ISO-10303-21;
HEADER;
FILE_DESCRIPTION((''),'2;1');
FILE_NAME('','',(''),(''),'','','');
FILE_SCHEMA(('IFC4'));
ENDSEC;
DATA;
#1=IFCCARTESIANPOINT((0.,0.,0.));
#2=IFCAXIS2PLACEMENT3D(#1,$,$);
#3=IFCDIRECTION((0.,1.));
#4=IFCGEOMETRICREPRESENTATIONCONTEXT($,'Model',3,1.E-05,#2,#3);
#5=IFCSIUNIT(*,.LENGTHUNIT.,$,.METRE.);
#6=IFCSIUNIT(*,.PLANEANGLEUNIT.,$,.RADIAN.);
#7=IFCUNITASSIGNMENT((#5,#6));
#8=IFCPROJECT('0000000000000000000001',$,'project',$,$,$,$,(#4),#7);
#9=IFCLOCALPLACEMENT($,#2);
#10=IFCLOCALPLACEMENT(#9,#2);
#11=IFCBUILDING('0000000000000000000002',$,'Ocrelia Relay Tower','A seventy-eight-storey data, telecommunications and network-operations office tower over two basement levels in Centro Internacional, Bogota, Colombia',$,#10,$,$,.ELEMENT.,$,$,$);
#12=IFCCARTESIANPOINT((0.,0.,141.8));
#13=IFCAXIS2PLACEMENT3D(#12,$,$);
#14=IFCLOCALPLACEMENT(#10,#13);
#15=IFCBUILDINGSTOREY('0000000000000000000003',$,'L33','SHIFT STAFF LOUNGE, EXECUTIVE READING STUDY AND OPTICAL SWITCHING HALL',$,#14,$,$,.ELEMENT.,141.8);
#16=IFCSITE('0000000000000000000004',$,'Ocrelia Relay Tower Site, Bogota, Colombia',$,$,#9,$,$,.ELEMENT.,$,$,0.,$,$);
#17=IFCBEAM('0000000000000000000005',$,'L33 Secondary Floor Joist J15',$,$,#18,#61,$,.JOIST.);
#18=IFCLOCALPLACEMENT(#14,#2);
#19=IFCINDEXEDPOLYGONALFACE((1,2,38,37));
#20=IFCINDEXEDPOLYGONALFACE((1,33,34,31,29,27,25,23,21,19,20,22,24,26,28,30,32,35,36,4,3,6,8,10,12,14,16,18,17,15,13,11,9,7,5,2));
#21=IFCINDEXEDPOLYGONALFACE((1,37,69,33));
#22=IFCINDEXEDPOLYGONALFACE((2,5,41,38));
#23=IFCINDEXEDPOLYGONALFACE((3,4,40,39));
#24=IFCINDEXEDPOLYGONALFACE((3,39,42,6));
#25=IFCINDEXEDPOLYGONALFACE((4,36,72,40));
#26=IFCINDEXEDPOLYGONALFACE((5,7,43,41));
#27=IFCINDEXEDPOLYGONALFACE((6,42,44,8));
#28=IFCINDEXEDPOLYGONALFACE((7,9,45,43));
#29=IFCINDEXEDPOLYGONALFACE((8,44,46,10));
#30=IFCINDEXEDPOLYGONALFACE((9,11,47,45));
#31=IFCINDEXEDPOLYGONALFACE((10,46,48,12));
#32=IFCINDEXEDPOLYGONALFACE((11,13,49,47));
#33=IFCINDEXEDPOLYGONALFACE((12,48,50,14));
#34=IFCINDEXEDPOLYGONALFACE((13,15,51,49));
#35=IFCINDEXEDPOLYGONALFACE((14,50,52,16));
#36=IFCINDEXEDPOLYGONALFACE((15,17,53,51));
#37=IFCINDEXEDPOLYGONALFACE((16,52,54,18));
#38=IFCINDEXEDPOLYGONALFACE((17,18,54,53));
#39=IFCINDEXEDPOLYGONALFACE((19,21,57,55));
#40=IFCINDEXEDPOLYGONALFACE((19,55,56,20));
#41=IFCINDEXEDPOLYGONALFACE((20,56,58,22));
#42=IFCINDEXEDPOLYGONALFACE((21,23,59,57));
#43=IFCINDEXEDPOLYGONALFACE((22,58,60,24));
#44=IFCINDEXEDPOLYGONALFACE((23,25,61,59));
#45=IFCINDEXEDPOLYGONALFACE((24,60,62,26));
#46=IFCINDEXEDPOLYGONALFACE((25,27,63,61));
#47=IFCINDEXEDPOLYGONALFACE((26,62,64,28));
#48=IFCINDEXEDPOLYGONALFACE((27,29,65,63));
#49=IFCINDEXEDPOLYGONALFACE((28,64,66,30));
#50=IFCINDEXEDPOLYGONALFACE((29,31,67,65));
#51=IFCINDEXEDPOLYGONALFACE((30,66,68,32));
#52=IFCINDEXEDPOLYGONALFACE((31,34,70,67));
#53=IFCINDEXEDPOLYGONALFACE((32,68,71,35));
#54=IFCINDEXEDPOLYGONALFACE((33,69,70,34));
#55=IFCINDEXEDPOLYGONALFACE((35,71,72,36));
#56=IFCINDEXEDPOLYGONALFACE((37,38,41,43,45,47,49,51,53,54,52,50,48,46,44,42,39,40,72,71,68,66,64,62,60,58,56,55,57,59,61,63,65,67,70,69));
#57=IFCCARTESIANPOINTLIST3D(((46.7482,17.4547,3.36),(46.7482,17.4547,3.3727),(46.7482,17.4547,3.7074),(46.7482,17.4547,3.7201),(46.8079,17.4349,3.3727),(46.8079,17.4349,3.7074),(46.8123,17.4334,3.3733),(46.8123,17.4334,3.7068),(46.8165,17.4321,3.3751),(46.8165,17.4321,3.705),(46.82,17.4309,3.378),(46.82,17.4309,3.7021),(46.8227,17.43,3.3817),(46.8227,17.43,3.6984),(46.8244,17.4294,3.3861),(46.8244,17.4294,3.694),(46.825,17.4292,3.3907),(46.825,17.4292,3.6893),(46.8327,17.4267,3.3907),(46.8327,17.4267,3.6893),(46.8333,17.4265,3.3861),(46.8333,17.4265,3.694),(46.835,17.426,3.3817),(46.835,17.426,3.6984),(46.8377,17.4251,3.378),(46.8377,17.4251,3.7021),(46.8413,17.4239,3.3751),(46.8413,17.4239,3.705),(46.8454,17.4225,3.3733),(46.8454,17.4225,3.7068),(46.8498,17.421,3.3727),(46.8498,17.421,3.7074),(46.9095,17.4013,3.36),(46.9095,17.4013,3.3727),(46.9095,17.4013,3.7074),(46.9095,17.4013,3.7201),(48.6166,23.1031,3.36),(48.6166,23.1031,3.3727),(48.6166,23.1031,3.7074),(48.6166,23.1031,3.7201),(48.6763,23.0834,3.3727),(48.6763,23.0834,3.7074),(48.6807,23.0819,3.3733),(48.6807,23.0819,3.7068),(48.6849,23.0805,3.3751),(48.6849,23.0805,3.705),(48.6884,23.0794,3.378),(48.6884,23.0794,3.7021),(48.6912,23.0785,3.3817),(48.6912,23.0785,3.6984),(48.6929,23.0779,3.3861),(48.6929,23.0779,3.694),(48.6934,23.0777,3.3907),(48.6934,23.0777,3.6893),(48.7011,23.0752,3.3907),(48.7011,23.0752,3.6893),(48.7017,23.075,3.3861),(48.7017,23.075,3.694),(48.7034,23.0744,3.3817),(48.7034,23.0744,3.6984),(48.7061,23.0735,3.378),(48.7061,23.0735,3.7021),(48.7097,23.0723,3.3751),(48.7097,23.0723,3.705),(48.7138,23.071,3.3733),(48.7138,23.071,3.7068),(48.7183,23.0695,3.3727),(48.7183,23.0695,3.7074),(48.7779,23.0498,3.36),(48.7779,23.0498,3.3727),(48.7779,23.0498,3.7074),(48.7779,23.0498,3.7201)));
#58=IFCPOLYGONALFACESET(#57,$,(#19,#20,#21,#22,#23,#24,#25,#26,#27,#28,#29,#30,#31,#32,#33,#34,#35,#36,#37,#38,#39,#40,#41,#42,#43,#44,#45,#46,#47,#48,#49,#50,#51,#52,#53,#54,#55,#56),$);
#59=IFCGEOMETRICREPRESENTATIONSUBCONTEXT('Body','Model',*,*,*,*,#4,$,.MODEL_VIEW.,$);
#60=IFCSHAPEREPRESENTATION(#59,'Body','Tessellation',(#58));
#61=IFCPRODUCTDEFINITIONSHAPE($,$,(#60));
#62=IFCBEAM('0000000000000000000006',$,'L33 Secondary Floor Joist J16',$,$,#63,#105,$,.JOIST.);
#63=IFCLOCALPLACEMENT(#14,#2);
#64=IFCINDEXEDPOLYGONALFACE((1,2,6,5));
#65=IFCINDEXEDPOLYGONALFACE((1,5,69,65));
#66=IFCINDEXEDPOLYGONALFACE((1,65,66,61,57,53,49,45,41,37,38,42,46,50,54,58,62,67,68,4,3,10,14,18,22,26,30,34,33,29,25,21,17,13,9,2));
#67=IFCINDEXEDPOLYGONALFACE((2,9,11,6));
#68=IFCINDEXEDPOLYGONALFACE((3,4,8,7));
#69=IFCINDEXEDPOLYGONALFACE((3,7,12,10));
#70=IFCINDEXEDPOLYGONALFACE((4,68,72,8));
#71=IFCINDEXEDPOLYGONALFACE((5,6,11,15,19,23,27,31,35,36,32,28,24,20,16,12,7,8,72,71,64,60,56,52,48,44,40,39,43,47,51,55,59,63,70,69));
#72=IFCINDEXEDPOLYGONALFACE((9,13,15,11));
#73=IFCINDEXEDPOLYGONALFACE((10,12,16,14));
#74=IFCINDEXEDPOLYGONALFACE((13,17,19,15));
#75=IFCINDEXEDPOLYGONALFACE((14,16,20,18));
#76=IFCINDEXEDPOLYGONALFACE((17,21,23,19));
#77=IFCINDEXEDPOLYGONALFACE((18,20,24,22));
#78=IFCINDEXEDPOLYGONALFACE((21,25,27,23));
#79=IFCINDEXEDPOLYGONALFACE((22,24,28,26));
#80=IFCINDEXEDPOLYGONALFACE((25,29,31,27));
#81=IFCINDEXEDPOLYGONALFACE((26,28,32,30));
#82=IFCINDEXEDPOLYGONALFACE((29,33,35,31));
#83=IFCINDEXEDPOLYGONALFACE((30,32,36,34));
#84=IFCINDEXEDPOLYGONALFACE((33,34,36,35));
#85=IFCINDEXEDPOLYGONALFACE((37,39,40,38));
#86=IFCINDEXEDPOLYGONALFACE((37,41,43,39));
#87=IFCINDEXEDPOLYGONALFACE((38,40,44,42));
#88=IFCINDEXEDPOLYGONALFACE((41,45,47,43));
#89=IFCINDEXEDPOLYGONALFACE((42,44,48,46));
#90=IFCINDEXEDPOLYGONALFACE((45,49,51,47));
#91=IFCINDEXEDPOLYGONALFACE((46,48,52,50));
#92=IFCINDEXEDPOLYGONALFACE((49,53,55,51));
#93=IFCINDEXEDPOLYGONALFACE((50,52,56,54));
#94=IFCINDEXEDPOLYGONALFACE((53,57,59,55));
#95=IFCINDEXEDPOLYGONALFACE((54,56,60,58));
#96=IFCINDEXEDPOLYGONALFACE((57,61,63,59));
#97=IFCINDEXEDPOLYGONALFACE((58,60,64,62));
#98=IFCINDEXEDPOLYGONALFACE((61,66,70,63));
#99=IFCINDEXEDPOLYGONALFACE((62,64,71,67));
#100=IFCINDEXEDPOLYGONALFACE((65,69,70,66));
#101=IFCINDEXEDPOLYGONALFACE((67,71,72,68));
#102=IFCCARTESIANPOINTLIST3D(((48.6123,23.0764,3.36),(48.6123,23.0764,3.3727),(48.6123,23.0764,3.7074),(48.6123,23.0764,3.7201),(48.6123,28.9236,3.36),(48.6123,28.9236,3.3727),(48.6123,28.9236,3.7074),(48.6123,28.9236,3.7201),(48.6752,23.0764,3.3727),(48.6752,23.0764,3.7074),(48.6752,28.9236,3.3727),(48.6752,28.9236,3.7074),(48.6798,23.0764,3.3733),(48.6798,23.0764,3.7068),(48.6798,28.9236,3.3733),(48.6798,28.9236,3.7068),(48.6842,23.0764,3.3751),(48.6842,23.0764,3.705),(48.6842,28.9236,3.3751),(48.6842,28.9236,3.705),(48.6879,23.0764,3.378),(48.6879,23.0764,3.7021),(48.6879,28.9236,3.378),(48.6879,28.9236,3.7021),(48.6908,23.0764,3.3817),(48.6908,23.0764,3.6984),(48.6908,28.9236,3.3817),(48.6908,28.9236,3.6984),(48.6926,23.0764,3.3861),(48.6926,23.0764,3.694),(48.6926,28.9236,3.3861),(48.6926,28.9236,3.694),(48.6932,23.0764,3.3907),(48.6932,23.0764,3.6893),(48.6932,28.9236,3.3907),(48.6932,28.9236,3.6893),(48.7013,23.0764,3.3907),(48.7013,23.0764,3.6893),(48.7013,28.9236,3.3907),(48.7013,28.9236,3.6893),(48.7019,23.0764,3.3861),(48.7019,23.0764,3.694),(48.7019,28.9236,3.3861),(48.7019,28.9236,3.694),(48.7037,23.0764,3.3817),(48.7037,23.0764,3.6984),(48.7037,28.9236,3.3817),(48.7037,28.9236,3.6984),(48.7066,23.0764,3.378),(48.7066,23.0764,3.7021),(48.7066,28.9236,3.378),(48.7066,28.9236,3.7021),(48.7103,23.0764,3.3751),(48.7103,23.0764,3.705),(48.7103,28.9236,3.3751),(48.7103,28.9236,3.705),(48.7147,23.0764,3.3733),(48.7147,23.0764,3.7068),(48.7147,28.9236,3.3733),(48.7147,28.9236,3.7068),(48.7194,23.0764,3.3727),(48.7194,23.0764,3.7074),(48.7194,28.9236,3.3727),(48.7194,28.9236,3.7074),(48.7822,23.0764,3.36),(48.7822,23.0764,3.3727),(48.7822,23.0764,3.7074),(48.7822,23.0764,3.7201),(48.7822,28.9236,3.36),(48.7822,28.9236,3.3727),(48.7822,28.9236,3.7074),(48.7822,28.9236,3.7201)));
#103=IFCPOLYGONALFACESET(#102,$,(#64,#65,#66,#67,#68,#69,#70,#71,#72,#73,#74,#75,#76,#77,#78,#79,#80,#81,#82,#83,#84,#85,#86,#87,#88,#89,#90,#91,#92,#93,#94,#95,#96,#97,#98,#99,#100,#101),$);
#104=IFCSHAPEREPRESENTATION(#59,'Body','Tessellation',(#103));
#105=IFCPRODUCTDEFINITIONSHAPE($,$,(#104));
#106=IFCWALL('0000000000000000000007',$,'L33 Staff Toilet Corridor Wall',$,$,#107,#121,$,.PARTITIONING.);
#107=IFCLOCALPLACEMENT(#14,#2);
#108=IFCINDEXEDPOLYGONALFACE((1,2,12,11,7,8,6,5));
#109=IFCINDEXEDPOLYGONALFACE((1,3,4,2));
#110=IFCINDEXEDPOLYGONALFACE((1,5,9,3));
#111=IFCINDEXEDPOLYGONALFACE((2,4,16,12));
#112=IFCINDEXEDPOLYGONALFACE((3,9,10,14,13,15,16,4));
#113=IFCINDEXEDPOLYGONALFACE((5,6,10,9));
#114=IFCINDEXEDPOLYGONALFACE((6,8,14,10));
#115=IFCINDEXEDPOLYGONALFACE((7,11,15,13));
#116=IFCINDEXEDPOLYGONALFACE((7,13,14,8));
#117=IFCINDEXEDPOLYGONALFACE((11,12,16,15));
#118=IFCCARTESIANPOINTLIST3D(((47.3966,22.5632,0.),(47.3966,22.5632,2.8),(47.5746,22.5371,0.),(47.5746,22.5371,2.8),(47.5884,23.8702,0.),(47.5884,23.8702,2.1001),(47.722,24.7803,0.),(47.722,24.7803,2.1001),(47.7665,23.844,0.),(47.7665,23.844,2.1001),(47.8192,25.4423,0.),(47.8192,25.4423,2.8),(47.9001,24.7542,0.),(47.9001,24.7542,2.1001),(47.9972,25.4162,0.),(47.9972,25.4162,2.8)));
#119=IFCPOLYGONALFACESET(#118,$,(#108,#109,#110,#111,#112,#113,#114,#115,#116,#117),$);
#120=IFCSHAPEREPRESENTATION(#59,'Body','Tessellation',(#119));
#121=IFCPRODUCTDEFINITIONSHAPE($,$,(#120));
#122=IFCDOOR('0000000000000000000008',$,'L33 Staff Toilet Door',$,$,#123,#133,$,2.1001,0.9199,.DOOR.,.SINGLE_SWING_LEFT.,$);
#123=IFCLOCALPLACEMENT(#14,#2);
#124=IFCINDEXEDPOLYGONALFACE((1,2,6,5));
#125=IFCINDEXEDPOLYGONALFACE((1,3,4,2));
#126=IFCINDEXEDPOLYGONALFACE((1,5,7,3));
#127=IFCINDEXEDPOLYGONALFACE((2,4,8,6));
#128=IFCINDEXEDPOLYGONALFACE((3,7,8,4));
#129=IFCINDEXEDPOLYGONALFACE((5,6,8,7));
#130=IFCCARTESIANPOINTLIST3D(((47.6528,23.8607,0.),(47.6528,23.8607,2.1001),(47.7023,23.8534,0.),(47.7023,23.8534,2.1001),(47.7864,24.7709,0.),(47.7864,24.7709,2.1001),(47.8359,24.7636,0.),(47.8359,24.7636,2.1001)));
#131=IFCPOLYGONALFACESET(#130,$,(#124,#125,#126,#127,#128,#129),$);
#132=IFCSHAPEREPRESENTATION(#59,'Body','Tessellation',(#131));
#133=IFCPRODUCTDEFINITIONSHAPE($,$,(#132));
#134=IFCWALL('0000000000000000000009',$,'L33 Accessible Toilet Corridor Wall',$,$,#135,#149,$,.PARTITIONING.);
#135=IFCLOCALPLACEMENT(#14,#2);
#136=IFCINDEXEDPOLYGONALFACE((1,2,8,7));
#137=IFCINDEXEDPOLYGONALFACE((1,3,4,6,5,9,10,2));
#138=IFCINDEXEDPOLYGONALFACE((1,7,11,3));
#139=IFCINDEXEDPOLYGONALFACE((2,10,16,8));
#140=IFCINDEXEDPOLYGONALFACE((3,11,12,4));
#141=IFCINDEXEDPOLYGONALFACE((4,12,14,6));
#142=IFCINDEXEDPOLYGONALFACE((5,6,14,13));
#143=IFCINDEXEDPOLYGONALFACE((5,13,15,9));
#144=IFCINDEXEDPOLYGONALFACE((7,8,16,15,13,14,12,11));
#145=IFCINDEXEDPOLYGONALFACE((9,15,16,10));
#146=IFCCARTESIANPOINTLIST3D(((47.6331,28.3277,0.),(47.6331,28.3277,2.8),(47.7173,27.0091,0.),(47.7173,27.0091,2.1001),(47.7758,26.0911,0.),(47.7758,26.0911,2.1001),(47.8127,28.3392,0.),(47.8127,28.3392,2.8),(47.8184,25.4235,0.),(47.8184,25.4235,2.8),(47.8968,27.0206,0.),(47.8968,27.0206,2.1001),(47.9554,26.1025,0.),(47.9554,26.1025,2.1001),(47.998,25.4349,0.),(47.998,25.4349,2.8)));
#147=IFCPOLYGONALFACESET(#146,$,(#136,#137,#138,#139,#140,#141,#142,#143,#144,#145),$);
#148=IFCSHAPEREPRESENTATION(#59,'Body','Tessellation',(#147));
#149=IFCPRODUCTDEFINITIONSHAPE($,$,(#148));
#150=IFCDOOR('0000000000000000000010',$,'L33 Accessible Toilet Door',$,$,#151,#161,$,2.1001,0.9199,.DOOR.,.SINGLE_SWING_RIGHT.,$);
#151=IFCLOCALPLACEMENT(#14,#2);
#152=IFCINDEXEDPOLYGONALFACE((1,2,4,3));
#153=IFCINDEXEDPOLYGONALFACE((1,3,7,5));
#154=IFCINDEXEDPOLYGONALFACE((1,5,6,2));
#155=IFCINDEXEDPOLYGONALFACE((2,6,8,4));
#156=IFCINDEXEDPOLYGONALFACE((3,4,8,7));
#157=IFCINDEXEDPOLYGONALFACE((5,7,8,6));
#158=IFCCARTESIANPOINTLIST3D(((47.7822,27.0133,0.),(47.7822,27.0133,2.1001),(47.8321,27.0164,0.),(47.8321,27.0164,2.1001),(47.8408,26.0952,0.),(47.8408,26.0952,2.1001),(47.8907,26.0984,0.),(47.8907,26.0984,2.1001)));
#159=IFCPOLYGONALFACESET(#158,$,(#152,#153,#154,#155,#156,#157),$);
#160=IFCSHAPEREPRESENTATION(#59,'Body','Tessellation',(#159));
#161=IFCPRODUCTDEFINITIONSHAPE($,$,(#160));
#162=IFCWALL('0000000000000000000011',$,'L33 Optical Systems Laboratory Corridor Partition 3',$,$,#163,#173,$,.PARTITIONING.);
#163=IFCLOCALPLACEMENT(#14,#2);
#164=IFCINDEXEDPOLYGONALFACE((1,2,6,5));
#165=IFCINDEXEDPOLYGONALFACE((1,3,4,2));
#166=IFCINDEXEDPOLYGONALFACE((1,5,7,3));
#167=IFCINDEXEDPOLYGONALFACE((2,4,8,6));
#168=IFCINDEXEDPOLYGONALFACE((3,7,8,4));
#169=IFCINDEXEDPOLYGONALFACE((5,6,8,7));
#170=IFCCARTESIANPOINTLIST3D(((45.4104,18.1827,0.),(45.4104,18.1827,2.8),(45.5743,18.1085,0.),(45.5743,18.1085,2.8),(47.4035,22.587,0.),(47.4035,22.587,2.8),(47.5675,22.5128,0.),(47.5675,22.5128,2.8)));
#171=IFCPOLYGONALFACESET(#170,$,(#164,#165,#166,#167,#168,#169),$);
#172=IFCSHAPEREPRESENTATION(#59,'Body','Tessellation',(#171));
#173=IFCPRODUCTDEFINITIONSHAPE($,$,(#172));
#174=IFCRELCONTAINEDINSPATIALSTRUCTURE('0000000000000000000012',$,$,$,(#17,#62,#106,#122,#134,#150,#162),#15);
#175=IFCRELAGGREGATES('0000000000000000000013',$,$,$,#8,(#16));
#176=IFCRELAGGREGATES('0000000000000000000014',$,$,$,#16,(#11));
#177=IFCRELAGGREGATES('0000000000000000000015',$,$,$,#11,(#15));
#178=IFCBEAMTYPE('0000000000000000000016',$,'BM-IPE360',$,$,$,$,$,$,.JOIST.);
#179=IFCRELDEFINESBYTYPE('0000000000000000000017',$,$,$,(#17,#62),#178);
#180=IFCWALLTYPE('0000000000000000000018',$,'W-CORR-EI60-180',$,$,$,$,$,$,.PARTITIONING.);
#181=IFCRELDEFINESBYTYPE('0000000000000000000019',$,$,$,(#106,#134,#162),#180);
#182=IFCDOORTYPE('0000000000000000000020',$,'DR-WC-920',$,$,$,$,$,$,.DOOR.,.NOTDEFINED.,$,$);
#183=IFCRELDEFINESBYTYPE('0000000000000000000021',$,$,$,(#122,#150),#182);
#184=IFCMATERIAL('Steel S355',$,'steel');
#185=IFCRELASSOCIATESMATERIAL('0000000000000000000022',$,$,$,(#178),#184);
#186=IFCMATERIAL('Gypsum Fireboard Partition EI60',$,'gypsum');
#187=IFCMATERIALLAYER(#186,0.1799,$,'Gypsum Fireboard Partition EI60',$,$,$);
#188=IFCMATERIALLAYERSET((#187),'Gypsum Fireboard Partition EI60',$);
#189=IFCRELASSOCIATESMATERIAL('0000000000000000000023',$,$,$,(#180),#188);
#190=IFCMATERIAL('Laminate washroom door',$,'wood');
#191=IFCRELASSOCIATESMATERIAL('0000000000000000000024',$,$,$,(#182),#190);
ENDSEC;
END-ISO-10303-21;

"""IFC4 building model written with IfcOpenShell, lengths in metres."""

from ifc_helpers import new_model, si_unit, direction, frame, frame_2d, origin, origin_2d, place, context, subcontext, project, spatial, rectangle, i_section, extrude, material, layer, layer_set, material_profile, profile_set, type_object, element, fill, save


model = new_model("IFC4")

# Units and contexts
model_context = context("Model", 3, precision=1e-05, world=origin(), true_north=direction((0.0, 1.0)))
body_context = subcontext(model_context, "Body", "Model", "MODEL_VIEW")
ifc_project = project(units=[si_unit("LENGTHUNIT", "METRE"), si_unit("PLANEANGLEUNIT", "RADIAN")], contexts=[model_context])

# Site, building, storey
site_placement = place(None, origin())
site = spatial("IfcSite", under=ifc_project, at=site_placement, Name="Ocrelia Relay Tower Site, Bogota, Colombia", CompositionType="ELEMENT", RefElevation=0.0)
building_placement = place(site_placement, origin())
building = spatial("IfcBuilding", under=site, at=building_placement, Name="Ocrelia Relay Tower", Description="A seventy-eight-storey data, telecommunications and network-operations office tower over two basement levels in Centro Internacional, Bogota, Colombia", CompositionType="ELEMENT")
storey_placement = place(building_placement, frame((0.0, 0.0, 141.8)))
storey = spatial("IfcBuildingStorey", under=building, at=storey_placement, Name="L33", Description="SHIFT STAFF LOUNGE, EXECUTIVE READING STUDY AND OPTICAL SWITCHING HALL", CompositionType="ELEMENT", Elevation=141.8)

# Beams
ifc_material_1 = material(Name="Steel S355", Category="steel")
ifc_material_profile_1 = material_profile(ifc_material_1, i_section(OverallWidth=0.1699, OverallDepth=0.3601, WebThickness=0.0081, FlangeThickness=0.0127, FilletRadius=0.0181, at=origin_2d()), Name="IPE 360")
ifc_profile_set_1 = profile_set([ifc_material_profile_1], Name="Steel S355")
beam_type_1 = type_object("IfcBeamType", Name="BM-IPE360", PredefinedType="JOIST", material=ifc_profile_set_1)
beam_1_placement = place(storey_placement, frame((46.8289, 17.428, 3.54), z_axis=(0.314048, 0.949407, 0.0), x_axis=(-0.949407, 0.314048, 0.0)))
element("IfcBeam", 1, at=beam_1_placement, inside=storey, type_object=beam_type_1, Name="L33 Secondary Floor Joist J15", PredefinedType="JOIST", context=body_context, shape_type="SweptSolid", body=[
    extrude(i_section(OverallWidth=0.1699, OverallDepth=0.3601, WebThickness=0.0081, FlangeThickness=0.0127, FilletRadius=0.0181, at=origin_2d()), origin(), (0.0, 0.0, 1.0), 5.9495),
])
beam_2_placement = place(storey_placement, frame((48.6973, 23.0764, 3.54), z_axis=(0.0, 1.0, 0.0), x_axis=(-1.0, 0.0, 0.0)))
element("IfcBeam", 2, at=beam_2_placement, inside=storey, type_object=beam_type_1, Name="L33 Secondary Floor Joist J16", PredefinedType="JOIST", context=body_context, shape_type="SweptSolid", body=[
    extrude(i_section(OverallWidth=0.1699, OverallDepth=0.3601, WebThickness=0.0081, FlangeThickness=0.0127, FilletRadius=0.0181, at=origin_2d()), origin(), (0.0, 0.0, 1.0), 5.8472),
])

# Walls, openings, doors
ifc_material_2 = material(Name="Gypsum Fireboard Partition EI60", Category="gypsum")
ifc_layer_1 = layer(ifc_material_2, 0.1799, Name="Gypsum Fireboard Partition EI60")
ifc_layer_set_1 = layer_set([ifc_layer_1], Name="Gypsum Fireboard Partition EI60")
wall_type_1 = type_object("IfcWallType", Name="W-CORR-EI60-180", PredefinedType="PARTITIONING", material=ifc_layer_set_1)
wall_1_placement = place(storey_placement, frame((47.4856, 22.55, 0.0), z_axis=(0.0, 0.0, 1.0), x_axis=(0.145226, 0.989399, 0.0)))
wall_1 = element("IfcWall", 3, at=wall_1_placement, inside=storey, type_object=wall_type_1, Name="L33 Staff Toilet Corridor Wall", PredefinedType="PARTITIONING", context=body_context, shape_type="SweptSolid", body=[
    extrude(rectangle(XDim=2.9099, YDim=0.1799, at=frame_2d((1.4551, 0.0))), origin(), (0.0, 0.0, 1.0), 2.8),
])
opening_1_placement = place(wall_1_placement, frame((1.321, 0.0, 0.0)))
opening_1 = element("IfcOpeningElement", 4, at=opening_1_placement, cuts=wall_1, PredefinedType="OPENING", context=body_context, shape_type="SweptSolid", body=[
    extrude(rectangle(XDim=0.9199, YDim=2.1001, at=frame_2d((0.46, 1.05))), frame((0.0, 0.1001, 0.0), z_axis=(0.0, -1.0, 0.0), x_axis=(1.0, 0.0, 0.0)), (0.0, 0.0, 1.0), 0.2),
])
ifc_material_3 = material(Name="Laminate washroom door", Category="wood")
door_type = type_object("IfcDoorType", Name="DR-WC-920", OperationType="NOTDEFINED", PredefinedType="DOOR", material=ifc_material_3)
door_1_placement = place(opening_1_placement, origin())
door_1 = element("IfcDoor", 5, at=door_1_placement, inside=storey, type_object=door_type, Name="L33 Staff Toilet Door", OperationType="SINGLE_SWING_LEFT", OverallHeight=2.1001, OverallWidth=0.9199, PredefinedType="DOOR", context=body_context, shape_type="SweptSolid", body=[
    extrude(rectangle(XDim=0.9199, YDim=2.1001, at=frame_2d((0.46, 1.05))), frame((0.0, 0.0249, 0.0), z_axis=(0.0, -1.0, 0.0), x_axis=(1.0, 0.0, 0.0)), (0.0, 0.0, 1.0), 0.05),
])
fill(opening_1, door_1)
wall_2_placement = place(storey_placement, frame((47.9082, 25.4292, 0.0), z_axis=(0.0, 0.0, 1.0), x_axis=(-0.063673, 0.997971, 0.0)))
wall_2 = element("IfcWall", 6, at=wall_2_placement, inside=storey, type_object=wall_type_1, Name="L33 Accessible Toilet Corridor Wall", PredefinedType="PARTITIONING", context=body_context, shape_type="SweptSolid", body=[
    extrude(rectangle(XDim=2.9102, YDim=0.1799, at=frame_2d((1.4551, 0.0))), origin(), (0.0, 0.0, 1.0), 2.8),
])
opening_2_placement = place(wall_2_placement, frame((0.6689, 0.0, 0.0)))
opening_2 = element("IfcOpeningElement", 7, at=opening_2_placement, cuts=wall_2, PredefinedType="OPENING", context=body_context, shape_type="SweptSolid", body=[
    extrude(rectangle(XDim=0.9199, YDim=2.1001, at=frame_2d((0.46, 1.05))), frame((0.0, 0.1001, 0.0), z_axis=(0.0, -1.0, 0.0), x_axis=(1.0, 0.0, 0.0)), (0.0, 0.0, 1.0), 0.2),
])
door_2_placement = place(opening_2_placement, origin())
door_2 = element("IfcDoor", 8, at=door_2_placement, inside=storey, type_object=door_type, Name="L33 Accessible Toilet Door", OperationType="SINGLE_SWING_RIGHT", OverallHeight=2.1001, OverallWidth=0.9199, PredefinedType="DOOR", context=body_context, shape_type="SweptSolid", body=[
    extrude(rectangle(XDim=0.9199, YDim=2.1001, at=frame_2d((0.46, 1.05))), frame((0.0, 0.0249, 0.0), z_axis=(0.0, -1.0, 0.0), x_axis=(1.0, 0.0, 0.0)), (0.0, 0.0, 1.0), 0.05),
])
fill(opening_2, door_2)

# Wall
wall_3_placement = place(storey_placement, frame((45.4924, 18.1458, 0.0), z_axis=(0.0, 0.0, 1.0), x_axis=(0.412296, 0.91105, 0.0)))
element("IfcWall", 9, at=wall_3_placement, inside=storey, type_object=wall_type_1, Name="L33 Optical Systems Laboratory Corridor Partition 3", PredefinedType="PARTITIONING", context=body_context, shape_type="SweptSolid", body=[
    extrude(rectangle(XDim=4.8342, YDim=0.1799, at=frame_2d((2.417, 0.0))), origin(), (0.0, 0.0, 1.0), 2.8),
])

save(model, "model.ifc")
